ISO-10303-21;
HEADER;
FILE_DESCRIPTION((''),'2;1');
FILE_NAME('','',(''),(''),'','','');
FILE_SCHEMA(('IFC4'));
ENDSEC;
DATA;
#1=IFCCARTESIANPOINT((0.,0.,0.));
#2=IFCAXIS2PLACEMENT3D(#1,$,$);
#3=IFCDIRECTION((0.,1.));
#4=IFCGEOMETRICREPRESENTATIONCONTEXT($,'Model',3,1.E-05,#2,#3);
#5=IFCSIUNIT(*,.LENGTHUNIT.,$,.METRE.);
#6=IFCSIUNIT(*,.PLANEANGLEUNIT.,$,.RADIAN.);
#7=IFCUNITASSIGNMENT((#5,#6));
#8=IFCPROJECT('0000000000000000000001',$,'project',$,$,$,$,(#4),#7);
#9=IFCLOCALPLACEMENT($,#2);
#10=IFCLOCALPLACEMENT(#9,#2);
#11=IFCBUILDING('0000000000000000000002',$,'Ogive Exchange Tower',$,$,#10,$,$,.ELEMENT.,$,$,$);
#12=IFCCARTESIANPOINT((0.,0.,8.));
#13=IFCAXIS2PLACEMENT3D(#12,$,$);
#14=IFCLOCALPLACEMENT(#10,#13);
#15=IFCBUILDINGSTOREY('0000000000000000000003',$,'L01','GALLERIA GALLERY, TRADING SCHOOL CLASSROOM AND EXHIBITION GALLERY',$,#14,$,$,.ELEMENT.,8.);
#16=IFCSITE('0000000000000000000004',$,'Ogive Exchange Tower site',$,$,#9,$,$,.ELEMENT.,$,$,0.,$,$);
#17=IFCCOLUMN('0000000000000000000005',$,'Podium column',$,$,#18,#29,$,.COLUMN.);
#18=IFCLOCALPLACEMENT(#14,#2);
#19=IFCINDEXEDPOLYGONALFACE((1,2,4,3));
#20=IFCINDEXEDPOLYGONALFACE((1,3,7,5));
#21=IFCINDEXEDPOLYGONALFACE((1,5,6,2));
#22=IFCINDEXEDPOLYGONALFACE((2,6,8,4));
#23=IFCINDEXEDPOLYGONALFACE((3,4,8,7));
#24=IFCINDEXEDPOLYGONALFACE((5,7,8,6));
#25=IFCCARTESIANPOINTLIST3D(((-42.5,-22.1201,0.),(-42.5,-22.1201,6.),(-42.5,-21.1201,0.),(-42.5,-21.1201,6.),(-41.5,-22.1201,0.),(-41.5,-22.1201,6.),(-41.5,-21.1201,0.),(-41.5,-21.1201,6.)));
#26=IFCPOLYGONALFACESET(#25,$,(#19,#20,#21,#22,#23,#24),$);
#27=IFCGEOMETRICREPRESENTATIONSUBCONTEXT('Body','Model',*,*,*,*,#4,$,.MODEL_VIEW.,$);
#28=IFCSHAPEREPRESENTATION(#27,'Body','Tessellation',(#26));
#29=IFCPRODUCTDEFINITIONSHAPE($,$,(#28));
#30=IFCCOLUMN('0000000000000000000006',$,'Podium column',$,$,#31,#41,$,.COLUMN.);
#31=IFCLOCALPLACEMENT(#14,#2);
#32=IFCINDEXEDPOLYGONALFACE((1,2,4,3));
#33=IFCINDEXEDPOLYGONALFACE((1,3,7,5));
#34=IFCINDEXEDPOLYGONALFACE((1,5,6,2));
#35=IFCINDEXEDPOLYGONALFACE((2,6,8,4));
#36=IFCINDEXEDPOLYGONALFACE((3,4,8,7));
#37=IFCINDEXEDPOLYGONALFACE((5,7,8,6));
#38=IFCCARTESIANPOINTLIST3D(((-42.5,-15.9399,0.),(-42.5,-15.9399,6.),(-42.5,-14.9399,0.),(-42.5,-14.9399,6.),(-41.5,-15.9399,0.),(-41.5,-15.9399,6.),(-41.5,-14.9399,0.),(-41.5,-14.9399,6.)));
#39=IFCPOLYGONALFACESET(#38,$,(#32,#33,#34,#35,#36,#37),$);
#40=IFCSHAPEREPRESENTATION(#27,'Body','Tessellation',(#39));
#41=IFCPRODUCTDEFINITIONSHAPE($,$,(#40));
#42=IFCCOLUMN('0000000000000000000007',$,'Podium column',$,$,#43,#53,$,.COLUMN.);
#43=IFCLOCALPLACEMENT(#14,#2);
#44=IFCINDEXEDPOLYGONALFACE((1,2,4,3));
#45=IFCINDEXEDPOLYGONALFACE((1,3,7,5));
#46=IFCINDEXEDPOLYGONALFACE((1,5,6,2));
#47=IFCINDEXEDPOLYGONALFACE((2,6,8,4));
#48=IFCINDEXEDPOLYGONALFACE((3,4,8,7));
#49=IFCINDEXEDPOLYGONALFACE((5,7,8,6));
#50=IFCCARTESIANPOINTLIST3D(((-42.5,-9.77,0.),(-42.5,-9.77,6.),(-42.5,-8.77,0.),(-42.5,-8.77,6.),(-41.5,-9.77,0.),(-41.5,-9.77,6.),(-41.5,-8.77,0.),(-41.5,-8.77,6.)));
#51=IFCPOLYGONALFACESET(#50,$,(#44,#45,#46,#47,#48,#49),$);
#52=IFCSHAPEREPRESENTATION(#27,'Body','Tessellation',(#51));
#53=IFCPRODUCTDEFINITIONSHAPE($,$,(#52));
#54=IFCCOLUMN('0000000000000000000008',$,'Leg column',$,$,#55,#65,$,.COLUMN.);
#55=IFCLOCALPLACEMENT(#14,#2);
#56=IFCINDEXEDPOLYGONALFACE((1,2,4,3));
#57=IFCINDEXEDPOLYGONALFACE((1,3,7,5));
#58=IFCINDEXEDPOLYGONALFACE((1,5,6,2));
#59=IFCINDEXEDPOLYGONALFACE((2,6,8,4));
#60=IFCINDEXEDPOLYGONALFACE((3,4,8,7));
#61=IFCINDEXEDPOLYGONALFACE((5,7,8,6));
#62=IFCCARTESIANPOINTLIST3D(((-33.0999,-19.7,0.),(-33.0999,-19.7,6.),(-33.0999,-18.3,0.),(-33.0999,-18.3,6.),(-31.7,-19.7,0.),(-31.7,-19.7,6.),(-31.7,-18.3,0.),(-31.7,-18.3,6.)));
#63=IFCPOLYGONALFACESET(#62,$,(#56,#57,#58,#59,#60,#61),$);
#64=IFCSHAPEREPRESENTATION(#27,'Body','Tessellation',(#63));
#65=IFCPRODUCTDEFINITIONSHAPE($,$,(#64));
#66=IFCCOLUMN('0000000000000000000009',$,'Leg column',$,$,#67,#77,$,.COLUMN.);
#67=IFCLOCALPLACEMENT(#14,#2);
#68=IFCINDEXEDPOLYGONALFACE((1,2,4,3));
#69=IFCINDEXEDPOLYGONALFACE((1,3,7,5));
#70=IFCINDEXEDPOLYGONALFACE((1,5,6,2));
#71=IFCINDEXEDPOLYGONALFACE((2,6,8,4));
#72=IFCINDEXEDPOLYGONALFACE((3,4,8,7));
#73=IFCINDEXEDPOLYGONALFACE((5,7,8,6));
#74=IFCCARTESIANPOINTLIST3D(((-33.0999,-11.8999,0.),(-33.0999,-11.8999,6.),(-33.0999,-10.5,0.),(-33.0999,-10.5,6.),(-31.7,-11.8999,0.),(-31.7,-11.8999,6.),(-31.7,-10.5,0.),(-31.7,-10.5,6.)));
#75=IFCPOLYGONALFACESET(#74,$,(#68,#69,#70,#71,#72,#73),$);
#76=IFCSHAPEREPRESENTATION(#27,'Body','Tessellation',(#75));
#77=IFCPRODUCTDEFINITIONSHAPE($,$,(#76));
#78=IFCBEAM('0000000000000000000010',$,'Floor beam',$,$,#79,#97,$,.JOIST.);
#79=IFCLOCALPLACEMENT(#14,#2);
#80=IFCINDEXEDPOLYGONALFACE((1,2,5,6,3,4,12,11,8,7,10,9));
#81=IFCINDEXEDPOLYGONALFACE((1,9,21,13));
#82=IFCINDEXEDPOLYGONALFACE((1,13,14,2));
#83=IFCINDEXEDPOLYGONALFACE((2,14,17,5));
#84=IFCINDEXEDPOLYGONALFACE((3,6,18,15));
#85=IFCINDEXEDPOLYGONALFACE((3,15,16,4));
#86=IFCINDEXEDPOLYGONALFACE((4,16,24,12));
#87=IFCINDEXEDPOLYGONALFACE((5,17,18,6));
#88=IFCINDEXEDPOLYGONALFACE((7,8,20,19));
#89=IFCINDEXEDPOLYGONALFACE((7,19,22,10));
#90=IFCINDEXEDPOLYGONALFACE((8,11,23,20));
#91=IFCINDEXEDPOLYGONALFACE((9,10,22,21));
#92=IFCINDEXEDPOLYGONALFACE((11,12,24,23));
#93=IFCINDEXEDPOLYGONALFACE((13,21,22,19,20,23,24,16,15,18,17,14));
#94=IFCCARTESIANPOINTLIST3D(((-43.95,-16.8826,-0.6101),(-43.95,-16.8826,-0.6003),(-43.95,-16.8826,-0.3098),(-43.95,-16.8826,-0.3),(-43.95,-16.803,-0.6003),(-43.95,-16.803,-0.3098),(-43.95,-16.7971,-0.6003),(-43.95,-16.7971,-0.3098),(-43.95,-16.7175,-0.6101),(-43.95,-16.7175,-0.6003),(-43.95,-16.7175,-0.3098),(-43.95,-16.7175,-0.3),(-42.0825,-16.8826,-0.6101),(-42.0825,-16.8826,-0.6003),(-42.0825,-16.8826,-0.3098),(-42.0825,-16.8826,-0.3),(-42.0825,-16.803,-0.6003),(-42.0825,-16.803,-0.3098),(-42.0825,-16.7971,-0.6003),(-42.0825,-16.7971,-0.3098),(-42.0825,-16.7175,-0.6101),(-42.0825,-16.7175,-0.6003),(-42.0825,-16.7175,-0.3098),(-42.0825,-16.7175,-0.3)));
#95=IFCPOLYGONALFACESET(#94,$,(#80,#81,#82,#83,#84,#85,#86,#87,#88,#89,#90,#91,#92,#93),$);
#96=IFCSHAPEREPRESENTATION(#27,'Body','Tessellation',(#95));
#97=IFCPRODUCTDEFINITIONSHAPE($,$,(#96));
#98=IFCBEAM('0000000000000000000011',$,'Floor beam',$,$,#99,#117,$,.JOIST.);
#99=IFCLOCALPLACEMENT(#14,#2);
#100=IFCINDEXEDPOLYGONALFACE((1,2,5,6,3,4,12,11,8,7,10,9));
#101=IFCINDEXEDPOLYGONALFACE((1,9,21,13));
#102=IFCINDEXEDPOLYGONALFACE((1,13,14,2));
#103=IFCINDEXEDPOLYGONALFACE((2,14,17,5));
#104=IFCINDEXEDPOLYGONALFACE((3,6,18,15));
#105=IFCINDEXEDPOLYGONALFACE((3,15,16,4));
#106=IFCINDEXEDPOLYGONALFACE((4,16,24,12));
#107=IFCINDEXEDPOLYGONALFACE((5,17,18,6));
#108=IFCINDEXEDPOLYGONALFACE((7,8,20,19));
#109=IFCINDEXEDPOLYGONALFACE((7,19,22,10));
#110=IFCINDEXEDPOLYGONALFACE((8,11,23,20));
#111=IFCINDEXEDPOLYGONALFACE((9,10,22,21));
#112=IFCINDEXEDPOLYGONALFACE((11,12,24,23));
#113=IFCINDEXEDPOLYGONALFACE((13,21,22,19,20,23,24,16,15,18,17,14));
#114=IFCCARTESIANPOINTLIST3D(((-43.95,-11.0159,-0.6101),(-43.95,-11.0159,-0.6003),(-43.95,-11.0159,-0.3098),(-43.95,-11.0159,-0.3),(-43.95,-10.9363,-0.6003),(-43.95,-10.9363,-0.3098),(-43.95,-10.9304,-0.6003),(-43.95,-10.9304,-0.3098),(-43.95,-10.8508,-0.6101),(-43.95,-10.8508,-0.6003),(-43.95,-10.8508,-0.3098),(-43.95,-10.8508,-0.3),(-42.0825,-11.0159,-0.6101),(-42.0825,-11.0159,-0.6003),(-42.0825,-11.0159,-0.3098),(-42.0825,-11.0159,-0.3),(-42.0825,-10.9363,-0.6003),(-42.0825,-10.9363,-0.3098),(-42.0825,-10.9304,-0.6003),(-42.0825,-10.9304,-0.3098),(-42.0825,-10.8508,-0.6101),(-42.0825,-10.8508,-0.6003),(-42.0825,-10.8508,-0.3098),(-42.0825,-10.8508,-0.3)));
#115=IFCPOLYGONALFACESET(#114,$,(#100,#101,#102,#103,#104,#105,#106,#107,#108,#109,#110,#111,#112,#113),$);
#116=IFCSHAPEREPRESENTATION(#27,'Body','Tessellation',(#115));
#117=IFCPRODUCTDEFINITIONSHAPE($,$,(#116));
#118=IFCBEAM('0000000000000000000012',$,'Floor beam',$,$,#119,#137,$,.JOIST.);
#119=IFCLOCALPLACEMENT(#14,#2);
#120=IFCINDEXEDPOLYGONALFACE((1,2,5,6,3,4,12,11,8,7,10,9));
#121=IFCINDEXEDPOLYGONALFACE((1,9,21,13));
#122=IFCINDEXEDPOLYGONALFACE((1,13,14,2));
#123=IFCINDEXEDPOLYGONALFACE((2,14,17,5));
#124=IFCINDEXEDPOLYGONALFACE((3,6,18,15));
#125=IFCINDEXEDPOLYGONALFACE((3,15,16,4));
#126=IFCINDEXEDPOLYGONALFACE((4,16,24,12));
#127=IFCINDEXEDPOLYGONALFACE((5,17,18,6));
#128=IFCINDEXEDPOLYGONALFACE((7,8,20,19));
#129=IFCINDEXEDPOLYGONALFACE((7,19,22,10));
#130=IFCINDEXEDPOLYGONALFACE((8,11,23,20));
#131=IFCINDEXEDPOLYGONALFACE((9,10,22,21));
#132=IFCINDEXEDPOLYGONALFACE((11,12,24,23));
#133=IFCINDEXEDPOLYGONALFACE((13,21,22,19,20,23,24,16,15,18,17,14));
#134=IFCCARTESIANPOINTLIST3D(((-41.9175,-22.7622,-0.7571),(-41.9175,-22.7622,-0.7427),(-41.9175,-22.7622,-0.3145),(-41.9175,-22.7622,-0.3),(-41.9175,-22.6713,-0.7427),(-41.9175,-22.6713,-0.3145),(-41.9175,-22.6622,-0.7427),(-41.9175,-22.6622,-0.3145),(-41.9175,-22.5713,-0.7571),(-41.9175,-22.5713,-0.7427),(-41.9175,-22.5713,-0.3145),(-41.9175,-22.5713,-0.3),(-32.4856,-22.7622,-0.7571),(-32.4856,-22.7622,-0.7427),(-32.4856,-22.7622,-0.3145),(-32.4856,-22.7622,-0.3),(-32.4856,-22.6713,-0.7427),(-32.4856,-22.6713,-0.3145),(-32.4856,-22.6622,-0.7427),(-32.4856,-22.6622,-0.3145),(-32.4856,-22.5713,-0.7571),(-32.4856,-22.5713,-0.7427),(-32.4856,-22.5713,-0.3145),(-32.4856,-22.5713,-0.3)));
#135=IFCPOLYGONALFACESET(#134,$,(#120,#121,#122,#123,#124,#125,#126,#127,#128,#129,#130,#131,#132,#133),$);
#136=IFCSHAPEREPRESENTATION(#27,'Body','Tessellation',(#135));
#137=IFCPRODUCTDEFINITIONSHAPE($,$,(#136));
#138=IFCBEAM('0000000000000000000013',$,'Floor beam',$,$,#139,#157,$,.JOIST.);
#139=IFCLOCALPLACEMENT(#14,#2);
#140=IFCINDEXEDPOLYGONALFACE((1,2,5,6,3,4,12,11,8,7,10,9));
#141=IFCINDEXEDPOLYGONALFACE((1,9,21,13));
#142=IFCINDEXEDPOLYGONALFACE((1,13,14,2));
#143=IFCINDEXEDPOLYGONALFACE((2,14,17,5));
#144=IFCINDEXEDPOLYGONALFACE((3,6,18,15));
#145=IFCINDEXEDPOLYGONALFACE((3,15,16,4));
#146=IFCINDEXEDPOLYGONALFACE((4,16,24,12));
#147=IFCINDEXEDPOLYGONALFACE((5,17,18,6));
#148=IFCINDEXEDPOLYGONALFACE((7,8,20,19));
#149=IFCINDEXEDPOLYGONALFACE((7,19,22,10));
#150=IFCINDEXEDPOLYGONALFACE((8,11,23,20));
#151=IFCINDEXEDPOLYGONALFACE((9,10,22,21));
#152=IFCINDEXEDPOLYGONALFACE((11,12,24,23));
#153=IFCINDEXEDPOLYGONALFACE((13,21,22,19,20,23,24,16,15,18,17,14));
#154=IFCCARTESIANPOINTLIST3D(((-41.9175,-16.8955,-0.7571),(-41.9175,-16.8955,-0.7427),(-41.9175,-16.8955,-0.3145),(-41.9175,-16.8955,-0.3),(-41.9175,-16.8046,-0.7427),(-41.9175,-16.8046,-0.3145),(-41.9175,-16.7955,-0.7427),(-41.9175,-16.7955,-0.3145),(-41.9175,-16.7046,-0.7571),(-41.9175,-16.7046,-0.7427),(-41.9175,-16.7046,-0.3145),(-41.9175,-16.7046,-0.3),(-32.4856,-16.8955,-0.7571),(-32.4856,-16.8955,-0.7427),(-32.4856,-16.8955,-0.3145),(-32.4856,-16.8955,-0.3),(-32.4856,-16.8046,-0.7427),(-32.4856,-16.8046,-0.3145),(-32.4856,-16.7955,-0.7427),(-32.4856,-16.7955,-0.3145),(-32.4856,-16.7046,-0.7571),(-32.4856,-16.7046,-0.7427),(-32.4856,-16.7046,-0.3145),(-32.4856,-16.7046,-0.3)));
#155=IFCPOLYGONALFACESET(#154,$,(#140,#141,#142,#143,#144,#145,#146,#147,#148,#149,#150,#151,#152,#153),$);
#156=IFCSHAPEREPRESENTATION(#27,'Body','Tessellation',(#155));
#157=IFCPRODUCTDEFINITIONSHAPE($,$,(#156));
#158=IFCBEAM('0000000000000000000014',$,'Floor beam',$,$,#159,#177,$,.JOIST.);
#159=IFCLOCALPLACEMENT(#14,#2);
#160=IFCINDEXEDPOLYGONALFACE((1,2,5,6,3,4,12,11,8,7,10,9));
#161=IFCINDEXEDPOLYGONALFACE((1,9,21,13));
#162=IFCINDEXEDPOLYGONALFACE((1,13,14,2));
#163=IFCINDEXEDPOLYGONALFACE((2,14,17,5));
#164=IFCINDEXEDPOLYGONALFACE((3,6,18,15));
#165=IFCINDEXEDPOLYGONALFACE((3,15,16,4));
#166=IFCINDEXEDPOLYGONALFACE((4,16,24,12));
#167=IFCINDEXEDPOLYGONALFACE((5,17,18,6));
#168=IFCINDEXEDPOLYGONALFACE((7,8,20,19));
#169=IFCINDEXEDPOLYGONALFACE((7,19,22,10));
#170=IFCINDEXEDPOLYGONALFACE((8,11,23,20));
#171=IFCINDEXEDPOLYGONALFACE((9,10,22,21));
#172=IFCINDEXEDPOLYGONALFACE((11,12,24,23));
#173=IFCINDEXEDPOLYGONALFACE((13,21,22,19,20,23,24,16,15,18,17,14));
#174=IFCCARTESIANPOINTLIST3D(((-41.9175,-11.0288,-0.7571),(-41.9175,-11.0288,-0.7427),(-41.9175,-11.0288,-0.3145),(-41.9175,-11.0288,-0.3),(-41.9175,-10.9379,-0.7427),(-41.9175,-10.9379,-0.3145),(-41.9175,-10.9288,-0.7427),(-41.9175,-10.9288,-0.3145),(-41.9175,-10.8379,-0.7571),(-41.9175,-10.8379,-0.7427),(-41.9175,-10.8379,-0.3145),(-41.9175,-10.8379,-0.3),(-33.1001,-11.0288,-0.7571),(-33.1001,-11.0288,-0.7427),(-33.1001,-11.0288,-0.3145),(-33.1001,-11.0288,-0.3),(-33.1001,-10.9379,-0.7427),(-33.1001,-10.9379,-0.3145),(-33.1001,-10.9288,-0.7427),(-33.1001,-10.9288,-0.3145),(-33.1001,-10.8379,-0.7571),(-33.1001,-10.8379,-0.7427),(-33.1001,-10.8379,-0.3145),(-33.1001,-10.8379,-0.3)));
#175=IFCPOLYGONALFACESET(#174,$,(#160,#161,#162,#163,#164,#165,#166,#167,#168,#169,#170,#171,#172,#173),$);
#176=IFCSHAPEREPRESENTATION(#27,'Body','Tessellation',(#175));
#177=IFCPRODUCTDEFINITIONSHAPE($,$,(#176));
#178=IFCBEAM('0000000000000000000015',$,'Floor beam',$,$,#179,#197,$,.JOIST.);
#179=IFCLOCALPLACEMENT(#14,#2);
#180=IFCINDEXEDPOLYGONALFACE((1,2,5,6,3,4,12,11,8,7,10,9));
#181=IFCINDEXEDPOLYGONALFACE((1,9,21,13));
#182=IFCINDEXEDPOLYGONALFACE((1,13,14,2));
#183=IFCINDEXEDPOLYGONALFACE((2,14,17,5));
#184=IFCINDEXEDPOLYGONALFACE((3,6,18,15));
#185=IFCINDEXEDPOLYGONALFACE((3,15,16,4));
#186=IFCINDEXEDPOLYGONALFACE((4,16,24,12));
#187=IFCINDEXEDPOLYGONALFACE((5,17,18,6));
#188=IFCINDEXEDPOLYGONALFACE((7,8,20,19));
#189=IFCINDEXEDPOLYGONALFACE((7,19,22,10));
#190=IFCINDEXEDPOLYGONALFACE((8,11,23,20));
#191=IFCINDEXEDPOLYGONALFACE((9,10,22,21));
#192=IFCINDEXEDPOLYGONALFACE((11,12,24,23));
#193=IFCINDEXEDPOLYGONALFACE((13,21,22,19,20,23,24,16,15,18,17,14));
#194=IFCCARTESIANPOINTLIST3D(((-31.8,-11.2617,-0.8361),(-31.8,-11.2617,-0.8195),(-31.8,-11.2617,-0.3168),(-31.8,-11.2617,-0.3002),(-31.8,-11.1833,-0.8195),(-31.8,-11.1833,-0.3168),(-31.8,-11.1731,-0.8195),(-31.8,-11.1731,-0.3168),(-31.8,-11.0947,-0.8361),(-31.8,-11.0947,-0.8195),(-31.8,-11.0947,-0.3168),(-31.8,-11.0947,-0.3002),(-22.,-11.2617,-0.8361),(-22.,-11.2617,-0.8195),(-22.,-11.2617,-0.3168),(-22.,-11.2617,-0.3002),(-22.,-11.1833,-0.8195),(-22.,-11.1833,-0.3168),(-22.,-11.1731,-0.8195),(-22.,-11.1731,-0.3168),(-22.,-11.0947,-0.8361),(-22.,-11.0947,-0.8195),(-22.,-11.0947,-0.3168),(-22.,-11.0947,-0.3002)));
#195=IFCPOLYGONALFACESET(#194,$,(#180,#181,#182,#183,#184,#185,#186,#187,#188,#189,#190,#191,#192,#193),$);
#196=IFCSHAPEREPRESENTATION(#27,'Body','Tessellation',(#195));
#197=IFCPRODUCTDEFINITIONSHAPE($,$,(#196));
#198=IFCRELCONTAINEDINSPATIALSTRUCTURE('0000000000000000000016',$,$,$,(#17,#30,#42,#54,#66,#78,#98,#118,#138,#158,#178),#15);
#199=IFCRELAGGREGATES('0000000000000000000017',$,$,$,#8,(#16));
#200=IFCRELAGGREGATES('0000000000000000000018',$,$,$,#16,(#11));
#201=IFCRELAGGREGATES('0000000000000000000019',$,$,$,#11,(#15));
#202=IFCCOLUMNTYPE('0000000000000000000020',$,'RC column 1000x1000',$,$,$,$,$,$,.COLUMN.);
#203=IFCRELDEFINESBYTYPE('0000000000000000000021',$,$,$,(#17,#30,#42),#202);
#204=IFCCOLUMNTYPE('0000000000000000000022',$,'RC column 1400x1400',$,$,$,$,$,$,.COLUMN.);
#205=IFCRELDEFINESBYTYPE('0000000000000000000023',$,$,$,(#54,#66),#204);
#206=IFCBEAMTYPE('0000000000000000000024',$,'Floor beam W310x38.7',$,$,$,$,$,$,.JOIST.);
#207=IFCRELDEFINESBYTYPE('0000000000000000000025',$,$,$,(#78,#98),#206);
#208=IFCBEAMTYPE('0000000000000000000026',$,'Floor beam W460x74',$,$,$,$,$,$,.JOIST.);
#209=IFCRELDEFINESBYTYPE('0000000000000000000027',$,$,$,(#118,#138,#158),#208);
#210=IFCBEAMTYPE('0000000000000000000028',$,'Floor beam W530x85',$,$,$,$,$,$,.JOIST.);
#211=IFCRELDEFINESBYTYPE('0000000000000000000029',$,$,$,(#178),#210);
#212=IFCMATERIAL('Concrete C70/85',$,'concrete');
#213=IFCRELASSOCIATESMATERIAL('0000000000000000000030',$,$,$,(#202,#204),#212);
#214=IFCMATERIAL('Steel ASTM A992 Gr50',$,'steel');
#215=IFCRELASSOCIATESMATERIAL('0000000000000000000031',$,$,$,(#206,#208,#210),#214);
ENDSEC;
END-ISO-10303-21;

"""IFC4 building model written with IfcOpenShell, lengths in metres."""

from ifc_helpers import new_model, si_unit, direction, frame, origin, origin_2d, place, context, subcontext, project, spatial, rectangle, i_section, extrude, material, material_profile, profile_set, type_object, element, save


model = new_model("IFC4")

# Units and contexts
model_context = context("Model", 3, precision=1e-05, world=origin(), true_north=direction((0.0, 1.0)))
body_context = subcontext(model_context, "Body", "Model", "MODEL_VIEW")
ifc_project = project(units=[si_unit("LENGTHUNIT", "METRE"), si_unit("PLANEANGLEUNIT", "RADIAN")], contexts=[model_context])

# Site, building, storey
site_placement = place(None, origin())
site = spatial("IfcSite", under=ifc_project, at=site_placement, Name="Ogive Exchange Tower site", CompositionType="ELEMENT", RefElevation=0.0)
building_placement = place(site_placement, origin())
building = spatial("IfcBuilding", under=site, at=building_placement, Name="Ogive Exchange Tower", CompositionType="ELEMENT")
storey_placement = place(building_placement, frame((0.0, 0.0, 8.0)))
storey = spatial("IfcBuildingStorey", under=building, at=storey_placement, Name="L01", Description="GALLERIA GALLERY, TRADING SCHOOL CLASSROOM AND EXHIBITION GALLERY", CompositionType="ELEMENT", Elevation=8.0)

# Columns
ifc_material_1 = material(Name="Concrete C70/85", Category="concrete")
ifc_material_profile_1 = material_profile(ifc_material_1, rectangle(XDim=1.0, YDim=1.0, at=origin_2d()), Name="RC 1000x1000")
ifc_profile_set_1 = profile_set([ifc_material_profile_1], Name="Concrete C70/85")
column_type_1 = type_object("IfcColumnType", Name="RC column 1000x1000", PredefinedType="COLUMN", material=ifc_profile_set_1)
for number, where, z_axis, x_axis, name in (
    (1, (-42.0, -21.6201, 0.0), (0.0, 0.0, 1.0), (1.0, 0.0, 0.0), "Podium column"),
    (2, (-42.0, -15.4399, 0.0), (0.0, 0.0, 1.0), (1.0, 0.0, 0.0), "Podium column"),
    (3, (-42.0, -9.27, 0.0), (0.0, 0.0, 1.0), (1.0, 0.0, 0.0), "Podium column"),
):
    element("IfcColumn", number, at=place(storey_placement, frame(where, z_axis=z_axis, x_axis=x_axis)), inside=storey, type_object=column_type_1, Name=name, PredefinedType="COLUMN", context=body_context, shape_type="SweptSolid", body=[
        extrude(rectangle(XDim=1.0, YDim=1.0, at=origin_2d()), origin(), (0.0, 0.0, 1.0), 6.0),
    ])
ifc_material_profile_2 = material_profile(ifc_material_1, rectangle(XDim=1.3999, YDim=1.3999, at=origin_2d()), Name="RC 1400x1400")
ifc_profile_set_2 = profile_set([ifc_material_profile_2], Name="Concrete C70/85")
column_type_2 = type_object("IfcColumnType", Name="RC column 1400x1400", PredefinedType="COLUMN", material=ifc_profile_set_2)
for number, where, z_axis, x_axis, name in (
    (4, (-32.3999, -19.0, 0.0), (0.0, 0.0, 1.0), (1.0, 0.0, 0.0), "Leg column"),
    (5, (-32.3999, -11.2, 0.0), (0.0, 0.0, 1.0), (1.0, 0.0, 0.0), "Leg column"),
):
    element("IfcColumn", number, at=place(storey_placement, frame(where, z_axis=z_axis, x_axis=x_axis)), inside=storey, type_object=column_type_2, Name=name, PredefinedType="COLUMN", context=body_context, shape_type="SweptSolid", body=[
        extrude(rectangle(XDim=1.3999, YDim=1.3999, at=origin_2d()), origin(), (0.0, 0.0, 1.0), 6.0),
    ])

# Beams
ifc_material_2 = material(Name="Steel ASTM A992 Gr50", Category="steel")
ifc_material_profile_3 = material_profile(ifc_material_2, i_section(OverallWidth=0.165, OverallDepth=0.3101, WebThickness=0.0059, FlangeThickness=0.0098, at=origin_2d()), Name="W310x38.7")
ifc_profile_set_3 = profile_set([ifc_material_profile_3], Name="Steel ASTM A992 Gr50")
beam_type_1 = type_object("IfcBeamType", Name="Floor beam W310x38.7", PredefinedType="JOIST", material=ifc_profile_set_3)
for number, where, z_axis, x_axis, name in (
    (6, (-43.95, -16.8, -0.4551), (1.0, 0.0, 0.0), (0.0, 1.0, 0.0), "Floor beam"),
    (7, (-43.95, -10.9333, -0.4551), (1.0, 0.0, 0.0), (0.0, 1.0, 0.0), "Floor beam"),
):
    element("IfcBeam", number, at=place(storey_placement, frame(where, z_axis=z_axis, x_axis=x_axis)), inside=storey, type_object=beam_type_1, Name=name, PredefinedType="JOIST", context=body_context, shape_type="SweptSolid", body=[
        extrude(i_section(OverallWidth=0.165, OverallDepth=0.3101, WebThickness=0.0059, FlangeThickness=0.0098, at=origin_2d()), origin(), (0.0, 0.0, 1.0), 1.8674),
    ])
ifc_material_profile_4 = material_profile(ifc_material_2, i_section(OverallWidth=0.1909, OverallDepth=0.457, WebThickness=0.009, FlangeThickness=0.0144, at=origin_2d()), Name="W460x74")
ifc_profile_set_4 = profile_set([ifc_material_profile_4], Name="Steel ASTM A992 Gr50")
beam_type_2 = type_object("IfcBeamType", Name="Floor beam W460x74", PredefinedType="JOIST", material=ifc_profile_set_4)
for number, where, z_axis, x_axis, name in (
    (8, (-41.9175, -22.6667, -0.5286), (1.0, 0.0, 0.0), (0.0, 1.0, 0.0), "Floor beam"),
    (9, (-41.9175, -16.8, -0.5286), (1.0, 0.0, 0.0), (0.0, 1.0, 0.0), "Floor beam"),
):
    element("IfcBeam", number, at=place(storey_placement, frame(where, z_axis=z_axis, x_axis=x_axis)), inside=storey, type_object=beam_type_2, Name=name, PredefinedType="JOIST", context=body_context, shape_type="SweptSolid", body=[
        extrude(i_section(OverallWidth=0.1909, OverallDepth=0.457, WebThickness=0.009, FlangeThickness=0.0144, at=origin_2d()), origin(), (0.0, 0.0, 1.0), 9.4319),
    ])
beam_1_placement = place(storey_placement, frame((-41.9175, -10.9333, -0.5286), z_axis=(1.0, 0.0, 0.0), x_axis=(0.0, 1.0, 0.0)))
element("IfcBeam", 10, at=beam_1_placement, inside=storey, type_object=beam_type_2, Name="Floor beam", PredefinedType="JOIST", context=body_context, shape_type="SweptSolid", body=[
    extrude(i_section(OverallWidth=0.1909, OverallDepth=0.457, WebThickness=0.009, FlangeThickness=0.0144, at=origin_2d()), origin(), (0.0, 0.0, 1.0), 8.8174),
])
ifc_material_profile_5 = material_profile(ifc_material_2, i_section(OverallWidth=0.167, OverallDepth=0.5359, WebThickness=0.0103, FlangeThickness=0.0166, at=origin_2d()), Name="W530x85")
ifc_profile_set_5 = profile_set([ifc_material_profile_5], Name="Steel ASTM A992 Gr50")
beam_type_3 = type_object("IfcBeamType", Name="Floor beam W530x85", PredefinedType="JOIST", material=ifc_profile_set_5)
beam_2_placement = place(storey_placement, frame((-31.8, -11.1782, -0.5681), z_axis=(1.0, 0.0, 0.0), x_axis=(0.0, 1.0, 0.0)))
element("IfcBeam", 11, at=beam_2_placement, inside=storey, type_object=beam_type_3, Name="Floor beam", PredefinedType="JOIST", context=body_context, shape_type="SweptSolid", body=[
    extrude(i_section(OverallWidth=0.167, OverallDepth=0.5359, WebThickness=0.0103, FlangeThickness=0.0166, at=origin_2d()), origin(), (0.0, 0.0, 1.0), 9.8),
])

save(model, "model.ifc")
